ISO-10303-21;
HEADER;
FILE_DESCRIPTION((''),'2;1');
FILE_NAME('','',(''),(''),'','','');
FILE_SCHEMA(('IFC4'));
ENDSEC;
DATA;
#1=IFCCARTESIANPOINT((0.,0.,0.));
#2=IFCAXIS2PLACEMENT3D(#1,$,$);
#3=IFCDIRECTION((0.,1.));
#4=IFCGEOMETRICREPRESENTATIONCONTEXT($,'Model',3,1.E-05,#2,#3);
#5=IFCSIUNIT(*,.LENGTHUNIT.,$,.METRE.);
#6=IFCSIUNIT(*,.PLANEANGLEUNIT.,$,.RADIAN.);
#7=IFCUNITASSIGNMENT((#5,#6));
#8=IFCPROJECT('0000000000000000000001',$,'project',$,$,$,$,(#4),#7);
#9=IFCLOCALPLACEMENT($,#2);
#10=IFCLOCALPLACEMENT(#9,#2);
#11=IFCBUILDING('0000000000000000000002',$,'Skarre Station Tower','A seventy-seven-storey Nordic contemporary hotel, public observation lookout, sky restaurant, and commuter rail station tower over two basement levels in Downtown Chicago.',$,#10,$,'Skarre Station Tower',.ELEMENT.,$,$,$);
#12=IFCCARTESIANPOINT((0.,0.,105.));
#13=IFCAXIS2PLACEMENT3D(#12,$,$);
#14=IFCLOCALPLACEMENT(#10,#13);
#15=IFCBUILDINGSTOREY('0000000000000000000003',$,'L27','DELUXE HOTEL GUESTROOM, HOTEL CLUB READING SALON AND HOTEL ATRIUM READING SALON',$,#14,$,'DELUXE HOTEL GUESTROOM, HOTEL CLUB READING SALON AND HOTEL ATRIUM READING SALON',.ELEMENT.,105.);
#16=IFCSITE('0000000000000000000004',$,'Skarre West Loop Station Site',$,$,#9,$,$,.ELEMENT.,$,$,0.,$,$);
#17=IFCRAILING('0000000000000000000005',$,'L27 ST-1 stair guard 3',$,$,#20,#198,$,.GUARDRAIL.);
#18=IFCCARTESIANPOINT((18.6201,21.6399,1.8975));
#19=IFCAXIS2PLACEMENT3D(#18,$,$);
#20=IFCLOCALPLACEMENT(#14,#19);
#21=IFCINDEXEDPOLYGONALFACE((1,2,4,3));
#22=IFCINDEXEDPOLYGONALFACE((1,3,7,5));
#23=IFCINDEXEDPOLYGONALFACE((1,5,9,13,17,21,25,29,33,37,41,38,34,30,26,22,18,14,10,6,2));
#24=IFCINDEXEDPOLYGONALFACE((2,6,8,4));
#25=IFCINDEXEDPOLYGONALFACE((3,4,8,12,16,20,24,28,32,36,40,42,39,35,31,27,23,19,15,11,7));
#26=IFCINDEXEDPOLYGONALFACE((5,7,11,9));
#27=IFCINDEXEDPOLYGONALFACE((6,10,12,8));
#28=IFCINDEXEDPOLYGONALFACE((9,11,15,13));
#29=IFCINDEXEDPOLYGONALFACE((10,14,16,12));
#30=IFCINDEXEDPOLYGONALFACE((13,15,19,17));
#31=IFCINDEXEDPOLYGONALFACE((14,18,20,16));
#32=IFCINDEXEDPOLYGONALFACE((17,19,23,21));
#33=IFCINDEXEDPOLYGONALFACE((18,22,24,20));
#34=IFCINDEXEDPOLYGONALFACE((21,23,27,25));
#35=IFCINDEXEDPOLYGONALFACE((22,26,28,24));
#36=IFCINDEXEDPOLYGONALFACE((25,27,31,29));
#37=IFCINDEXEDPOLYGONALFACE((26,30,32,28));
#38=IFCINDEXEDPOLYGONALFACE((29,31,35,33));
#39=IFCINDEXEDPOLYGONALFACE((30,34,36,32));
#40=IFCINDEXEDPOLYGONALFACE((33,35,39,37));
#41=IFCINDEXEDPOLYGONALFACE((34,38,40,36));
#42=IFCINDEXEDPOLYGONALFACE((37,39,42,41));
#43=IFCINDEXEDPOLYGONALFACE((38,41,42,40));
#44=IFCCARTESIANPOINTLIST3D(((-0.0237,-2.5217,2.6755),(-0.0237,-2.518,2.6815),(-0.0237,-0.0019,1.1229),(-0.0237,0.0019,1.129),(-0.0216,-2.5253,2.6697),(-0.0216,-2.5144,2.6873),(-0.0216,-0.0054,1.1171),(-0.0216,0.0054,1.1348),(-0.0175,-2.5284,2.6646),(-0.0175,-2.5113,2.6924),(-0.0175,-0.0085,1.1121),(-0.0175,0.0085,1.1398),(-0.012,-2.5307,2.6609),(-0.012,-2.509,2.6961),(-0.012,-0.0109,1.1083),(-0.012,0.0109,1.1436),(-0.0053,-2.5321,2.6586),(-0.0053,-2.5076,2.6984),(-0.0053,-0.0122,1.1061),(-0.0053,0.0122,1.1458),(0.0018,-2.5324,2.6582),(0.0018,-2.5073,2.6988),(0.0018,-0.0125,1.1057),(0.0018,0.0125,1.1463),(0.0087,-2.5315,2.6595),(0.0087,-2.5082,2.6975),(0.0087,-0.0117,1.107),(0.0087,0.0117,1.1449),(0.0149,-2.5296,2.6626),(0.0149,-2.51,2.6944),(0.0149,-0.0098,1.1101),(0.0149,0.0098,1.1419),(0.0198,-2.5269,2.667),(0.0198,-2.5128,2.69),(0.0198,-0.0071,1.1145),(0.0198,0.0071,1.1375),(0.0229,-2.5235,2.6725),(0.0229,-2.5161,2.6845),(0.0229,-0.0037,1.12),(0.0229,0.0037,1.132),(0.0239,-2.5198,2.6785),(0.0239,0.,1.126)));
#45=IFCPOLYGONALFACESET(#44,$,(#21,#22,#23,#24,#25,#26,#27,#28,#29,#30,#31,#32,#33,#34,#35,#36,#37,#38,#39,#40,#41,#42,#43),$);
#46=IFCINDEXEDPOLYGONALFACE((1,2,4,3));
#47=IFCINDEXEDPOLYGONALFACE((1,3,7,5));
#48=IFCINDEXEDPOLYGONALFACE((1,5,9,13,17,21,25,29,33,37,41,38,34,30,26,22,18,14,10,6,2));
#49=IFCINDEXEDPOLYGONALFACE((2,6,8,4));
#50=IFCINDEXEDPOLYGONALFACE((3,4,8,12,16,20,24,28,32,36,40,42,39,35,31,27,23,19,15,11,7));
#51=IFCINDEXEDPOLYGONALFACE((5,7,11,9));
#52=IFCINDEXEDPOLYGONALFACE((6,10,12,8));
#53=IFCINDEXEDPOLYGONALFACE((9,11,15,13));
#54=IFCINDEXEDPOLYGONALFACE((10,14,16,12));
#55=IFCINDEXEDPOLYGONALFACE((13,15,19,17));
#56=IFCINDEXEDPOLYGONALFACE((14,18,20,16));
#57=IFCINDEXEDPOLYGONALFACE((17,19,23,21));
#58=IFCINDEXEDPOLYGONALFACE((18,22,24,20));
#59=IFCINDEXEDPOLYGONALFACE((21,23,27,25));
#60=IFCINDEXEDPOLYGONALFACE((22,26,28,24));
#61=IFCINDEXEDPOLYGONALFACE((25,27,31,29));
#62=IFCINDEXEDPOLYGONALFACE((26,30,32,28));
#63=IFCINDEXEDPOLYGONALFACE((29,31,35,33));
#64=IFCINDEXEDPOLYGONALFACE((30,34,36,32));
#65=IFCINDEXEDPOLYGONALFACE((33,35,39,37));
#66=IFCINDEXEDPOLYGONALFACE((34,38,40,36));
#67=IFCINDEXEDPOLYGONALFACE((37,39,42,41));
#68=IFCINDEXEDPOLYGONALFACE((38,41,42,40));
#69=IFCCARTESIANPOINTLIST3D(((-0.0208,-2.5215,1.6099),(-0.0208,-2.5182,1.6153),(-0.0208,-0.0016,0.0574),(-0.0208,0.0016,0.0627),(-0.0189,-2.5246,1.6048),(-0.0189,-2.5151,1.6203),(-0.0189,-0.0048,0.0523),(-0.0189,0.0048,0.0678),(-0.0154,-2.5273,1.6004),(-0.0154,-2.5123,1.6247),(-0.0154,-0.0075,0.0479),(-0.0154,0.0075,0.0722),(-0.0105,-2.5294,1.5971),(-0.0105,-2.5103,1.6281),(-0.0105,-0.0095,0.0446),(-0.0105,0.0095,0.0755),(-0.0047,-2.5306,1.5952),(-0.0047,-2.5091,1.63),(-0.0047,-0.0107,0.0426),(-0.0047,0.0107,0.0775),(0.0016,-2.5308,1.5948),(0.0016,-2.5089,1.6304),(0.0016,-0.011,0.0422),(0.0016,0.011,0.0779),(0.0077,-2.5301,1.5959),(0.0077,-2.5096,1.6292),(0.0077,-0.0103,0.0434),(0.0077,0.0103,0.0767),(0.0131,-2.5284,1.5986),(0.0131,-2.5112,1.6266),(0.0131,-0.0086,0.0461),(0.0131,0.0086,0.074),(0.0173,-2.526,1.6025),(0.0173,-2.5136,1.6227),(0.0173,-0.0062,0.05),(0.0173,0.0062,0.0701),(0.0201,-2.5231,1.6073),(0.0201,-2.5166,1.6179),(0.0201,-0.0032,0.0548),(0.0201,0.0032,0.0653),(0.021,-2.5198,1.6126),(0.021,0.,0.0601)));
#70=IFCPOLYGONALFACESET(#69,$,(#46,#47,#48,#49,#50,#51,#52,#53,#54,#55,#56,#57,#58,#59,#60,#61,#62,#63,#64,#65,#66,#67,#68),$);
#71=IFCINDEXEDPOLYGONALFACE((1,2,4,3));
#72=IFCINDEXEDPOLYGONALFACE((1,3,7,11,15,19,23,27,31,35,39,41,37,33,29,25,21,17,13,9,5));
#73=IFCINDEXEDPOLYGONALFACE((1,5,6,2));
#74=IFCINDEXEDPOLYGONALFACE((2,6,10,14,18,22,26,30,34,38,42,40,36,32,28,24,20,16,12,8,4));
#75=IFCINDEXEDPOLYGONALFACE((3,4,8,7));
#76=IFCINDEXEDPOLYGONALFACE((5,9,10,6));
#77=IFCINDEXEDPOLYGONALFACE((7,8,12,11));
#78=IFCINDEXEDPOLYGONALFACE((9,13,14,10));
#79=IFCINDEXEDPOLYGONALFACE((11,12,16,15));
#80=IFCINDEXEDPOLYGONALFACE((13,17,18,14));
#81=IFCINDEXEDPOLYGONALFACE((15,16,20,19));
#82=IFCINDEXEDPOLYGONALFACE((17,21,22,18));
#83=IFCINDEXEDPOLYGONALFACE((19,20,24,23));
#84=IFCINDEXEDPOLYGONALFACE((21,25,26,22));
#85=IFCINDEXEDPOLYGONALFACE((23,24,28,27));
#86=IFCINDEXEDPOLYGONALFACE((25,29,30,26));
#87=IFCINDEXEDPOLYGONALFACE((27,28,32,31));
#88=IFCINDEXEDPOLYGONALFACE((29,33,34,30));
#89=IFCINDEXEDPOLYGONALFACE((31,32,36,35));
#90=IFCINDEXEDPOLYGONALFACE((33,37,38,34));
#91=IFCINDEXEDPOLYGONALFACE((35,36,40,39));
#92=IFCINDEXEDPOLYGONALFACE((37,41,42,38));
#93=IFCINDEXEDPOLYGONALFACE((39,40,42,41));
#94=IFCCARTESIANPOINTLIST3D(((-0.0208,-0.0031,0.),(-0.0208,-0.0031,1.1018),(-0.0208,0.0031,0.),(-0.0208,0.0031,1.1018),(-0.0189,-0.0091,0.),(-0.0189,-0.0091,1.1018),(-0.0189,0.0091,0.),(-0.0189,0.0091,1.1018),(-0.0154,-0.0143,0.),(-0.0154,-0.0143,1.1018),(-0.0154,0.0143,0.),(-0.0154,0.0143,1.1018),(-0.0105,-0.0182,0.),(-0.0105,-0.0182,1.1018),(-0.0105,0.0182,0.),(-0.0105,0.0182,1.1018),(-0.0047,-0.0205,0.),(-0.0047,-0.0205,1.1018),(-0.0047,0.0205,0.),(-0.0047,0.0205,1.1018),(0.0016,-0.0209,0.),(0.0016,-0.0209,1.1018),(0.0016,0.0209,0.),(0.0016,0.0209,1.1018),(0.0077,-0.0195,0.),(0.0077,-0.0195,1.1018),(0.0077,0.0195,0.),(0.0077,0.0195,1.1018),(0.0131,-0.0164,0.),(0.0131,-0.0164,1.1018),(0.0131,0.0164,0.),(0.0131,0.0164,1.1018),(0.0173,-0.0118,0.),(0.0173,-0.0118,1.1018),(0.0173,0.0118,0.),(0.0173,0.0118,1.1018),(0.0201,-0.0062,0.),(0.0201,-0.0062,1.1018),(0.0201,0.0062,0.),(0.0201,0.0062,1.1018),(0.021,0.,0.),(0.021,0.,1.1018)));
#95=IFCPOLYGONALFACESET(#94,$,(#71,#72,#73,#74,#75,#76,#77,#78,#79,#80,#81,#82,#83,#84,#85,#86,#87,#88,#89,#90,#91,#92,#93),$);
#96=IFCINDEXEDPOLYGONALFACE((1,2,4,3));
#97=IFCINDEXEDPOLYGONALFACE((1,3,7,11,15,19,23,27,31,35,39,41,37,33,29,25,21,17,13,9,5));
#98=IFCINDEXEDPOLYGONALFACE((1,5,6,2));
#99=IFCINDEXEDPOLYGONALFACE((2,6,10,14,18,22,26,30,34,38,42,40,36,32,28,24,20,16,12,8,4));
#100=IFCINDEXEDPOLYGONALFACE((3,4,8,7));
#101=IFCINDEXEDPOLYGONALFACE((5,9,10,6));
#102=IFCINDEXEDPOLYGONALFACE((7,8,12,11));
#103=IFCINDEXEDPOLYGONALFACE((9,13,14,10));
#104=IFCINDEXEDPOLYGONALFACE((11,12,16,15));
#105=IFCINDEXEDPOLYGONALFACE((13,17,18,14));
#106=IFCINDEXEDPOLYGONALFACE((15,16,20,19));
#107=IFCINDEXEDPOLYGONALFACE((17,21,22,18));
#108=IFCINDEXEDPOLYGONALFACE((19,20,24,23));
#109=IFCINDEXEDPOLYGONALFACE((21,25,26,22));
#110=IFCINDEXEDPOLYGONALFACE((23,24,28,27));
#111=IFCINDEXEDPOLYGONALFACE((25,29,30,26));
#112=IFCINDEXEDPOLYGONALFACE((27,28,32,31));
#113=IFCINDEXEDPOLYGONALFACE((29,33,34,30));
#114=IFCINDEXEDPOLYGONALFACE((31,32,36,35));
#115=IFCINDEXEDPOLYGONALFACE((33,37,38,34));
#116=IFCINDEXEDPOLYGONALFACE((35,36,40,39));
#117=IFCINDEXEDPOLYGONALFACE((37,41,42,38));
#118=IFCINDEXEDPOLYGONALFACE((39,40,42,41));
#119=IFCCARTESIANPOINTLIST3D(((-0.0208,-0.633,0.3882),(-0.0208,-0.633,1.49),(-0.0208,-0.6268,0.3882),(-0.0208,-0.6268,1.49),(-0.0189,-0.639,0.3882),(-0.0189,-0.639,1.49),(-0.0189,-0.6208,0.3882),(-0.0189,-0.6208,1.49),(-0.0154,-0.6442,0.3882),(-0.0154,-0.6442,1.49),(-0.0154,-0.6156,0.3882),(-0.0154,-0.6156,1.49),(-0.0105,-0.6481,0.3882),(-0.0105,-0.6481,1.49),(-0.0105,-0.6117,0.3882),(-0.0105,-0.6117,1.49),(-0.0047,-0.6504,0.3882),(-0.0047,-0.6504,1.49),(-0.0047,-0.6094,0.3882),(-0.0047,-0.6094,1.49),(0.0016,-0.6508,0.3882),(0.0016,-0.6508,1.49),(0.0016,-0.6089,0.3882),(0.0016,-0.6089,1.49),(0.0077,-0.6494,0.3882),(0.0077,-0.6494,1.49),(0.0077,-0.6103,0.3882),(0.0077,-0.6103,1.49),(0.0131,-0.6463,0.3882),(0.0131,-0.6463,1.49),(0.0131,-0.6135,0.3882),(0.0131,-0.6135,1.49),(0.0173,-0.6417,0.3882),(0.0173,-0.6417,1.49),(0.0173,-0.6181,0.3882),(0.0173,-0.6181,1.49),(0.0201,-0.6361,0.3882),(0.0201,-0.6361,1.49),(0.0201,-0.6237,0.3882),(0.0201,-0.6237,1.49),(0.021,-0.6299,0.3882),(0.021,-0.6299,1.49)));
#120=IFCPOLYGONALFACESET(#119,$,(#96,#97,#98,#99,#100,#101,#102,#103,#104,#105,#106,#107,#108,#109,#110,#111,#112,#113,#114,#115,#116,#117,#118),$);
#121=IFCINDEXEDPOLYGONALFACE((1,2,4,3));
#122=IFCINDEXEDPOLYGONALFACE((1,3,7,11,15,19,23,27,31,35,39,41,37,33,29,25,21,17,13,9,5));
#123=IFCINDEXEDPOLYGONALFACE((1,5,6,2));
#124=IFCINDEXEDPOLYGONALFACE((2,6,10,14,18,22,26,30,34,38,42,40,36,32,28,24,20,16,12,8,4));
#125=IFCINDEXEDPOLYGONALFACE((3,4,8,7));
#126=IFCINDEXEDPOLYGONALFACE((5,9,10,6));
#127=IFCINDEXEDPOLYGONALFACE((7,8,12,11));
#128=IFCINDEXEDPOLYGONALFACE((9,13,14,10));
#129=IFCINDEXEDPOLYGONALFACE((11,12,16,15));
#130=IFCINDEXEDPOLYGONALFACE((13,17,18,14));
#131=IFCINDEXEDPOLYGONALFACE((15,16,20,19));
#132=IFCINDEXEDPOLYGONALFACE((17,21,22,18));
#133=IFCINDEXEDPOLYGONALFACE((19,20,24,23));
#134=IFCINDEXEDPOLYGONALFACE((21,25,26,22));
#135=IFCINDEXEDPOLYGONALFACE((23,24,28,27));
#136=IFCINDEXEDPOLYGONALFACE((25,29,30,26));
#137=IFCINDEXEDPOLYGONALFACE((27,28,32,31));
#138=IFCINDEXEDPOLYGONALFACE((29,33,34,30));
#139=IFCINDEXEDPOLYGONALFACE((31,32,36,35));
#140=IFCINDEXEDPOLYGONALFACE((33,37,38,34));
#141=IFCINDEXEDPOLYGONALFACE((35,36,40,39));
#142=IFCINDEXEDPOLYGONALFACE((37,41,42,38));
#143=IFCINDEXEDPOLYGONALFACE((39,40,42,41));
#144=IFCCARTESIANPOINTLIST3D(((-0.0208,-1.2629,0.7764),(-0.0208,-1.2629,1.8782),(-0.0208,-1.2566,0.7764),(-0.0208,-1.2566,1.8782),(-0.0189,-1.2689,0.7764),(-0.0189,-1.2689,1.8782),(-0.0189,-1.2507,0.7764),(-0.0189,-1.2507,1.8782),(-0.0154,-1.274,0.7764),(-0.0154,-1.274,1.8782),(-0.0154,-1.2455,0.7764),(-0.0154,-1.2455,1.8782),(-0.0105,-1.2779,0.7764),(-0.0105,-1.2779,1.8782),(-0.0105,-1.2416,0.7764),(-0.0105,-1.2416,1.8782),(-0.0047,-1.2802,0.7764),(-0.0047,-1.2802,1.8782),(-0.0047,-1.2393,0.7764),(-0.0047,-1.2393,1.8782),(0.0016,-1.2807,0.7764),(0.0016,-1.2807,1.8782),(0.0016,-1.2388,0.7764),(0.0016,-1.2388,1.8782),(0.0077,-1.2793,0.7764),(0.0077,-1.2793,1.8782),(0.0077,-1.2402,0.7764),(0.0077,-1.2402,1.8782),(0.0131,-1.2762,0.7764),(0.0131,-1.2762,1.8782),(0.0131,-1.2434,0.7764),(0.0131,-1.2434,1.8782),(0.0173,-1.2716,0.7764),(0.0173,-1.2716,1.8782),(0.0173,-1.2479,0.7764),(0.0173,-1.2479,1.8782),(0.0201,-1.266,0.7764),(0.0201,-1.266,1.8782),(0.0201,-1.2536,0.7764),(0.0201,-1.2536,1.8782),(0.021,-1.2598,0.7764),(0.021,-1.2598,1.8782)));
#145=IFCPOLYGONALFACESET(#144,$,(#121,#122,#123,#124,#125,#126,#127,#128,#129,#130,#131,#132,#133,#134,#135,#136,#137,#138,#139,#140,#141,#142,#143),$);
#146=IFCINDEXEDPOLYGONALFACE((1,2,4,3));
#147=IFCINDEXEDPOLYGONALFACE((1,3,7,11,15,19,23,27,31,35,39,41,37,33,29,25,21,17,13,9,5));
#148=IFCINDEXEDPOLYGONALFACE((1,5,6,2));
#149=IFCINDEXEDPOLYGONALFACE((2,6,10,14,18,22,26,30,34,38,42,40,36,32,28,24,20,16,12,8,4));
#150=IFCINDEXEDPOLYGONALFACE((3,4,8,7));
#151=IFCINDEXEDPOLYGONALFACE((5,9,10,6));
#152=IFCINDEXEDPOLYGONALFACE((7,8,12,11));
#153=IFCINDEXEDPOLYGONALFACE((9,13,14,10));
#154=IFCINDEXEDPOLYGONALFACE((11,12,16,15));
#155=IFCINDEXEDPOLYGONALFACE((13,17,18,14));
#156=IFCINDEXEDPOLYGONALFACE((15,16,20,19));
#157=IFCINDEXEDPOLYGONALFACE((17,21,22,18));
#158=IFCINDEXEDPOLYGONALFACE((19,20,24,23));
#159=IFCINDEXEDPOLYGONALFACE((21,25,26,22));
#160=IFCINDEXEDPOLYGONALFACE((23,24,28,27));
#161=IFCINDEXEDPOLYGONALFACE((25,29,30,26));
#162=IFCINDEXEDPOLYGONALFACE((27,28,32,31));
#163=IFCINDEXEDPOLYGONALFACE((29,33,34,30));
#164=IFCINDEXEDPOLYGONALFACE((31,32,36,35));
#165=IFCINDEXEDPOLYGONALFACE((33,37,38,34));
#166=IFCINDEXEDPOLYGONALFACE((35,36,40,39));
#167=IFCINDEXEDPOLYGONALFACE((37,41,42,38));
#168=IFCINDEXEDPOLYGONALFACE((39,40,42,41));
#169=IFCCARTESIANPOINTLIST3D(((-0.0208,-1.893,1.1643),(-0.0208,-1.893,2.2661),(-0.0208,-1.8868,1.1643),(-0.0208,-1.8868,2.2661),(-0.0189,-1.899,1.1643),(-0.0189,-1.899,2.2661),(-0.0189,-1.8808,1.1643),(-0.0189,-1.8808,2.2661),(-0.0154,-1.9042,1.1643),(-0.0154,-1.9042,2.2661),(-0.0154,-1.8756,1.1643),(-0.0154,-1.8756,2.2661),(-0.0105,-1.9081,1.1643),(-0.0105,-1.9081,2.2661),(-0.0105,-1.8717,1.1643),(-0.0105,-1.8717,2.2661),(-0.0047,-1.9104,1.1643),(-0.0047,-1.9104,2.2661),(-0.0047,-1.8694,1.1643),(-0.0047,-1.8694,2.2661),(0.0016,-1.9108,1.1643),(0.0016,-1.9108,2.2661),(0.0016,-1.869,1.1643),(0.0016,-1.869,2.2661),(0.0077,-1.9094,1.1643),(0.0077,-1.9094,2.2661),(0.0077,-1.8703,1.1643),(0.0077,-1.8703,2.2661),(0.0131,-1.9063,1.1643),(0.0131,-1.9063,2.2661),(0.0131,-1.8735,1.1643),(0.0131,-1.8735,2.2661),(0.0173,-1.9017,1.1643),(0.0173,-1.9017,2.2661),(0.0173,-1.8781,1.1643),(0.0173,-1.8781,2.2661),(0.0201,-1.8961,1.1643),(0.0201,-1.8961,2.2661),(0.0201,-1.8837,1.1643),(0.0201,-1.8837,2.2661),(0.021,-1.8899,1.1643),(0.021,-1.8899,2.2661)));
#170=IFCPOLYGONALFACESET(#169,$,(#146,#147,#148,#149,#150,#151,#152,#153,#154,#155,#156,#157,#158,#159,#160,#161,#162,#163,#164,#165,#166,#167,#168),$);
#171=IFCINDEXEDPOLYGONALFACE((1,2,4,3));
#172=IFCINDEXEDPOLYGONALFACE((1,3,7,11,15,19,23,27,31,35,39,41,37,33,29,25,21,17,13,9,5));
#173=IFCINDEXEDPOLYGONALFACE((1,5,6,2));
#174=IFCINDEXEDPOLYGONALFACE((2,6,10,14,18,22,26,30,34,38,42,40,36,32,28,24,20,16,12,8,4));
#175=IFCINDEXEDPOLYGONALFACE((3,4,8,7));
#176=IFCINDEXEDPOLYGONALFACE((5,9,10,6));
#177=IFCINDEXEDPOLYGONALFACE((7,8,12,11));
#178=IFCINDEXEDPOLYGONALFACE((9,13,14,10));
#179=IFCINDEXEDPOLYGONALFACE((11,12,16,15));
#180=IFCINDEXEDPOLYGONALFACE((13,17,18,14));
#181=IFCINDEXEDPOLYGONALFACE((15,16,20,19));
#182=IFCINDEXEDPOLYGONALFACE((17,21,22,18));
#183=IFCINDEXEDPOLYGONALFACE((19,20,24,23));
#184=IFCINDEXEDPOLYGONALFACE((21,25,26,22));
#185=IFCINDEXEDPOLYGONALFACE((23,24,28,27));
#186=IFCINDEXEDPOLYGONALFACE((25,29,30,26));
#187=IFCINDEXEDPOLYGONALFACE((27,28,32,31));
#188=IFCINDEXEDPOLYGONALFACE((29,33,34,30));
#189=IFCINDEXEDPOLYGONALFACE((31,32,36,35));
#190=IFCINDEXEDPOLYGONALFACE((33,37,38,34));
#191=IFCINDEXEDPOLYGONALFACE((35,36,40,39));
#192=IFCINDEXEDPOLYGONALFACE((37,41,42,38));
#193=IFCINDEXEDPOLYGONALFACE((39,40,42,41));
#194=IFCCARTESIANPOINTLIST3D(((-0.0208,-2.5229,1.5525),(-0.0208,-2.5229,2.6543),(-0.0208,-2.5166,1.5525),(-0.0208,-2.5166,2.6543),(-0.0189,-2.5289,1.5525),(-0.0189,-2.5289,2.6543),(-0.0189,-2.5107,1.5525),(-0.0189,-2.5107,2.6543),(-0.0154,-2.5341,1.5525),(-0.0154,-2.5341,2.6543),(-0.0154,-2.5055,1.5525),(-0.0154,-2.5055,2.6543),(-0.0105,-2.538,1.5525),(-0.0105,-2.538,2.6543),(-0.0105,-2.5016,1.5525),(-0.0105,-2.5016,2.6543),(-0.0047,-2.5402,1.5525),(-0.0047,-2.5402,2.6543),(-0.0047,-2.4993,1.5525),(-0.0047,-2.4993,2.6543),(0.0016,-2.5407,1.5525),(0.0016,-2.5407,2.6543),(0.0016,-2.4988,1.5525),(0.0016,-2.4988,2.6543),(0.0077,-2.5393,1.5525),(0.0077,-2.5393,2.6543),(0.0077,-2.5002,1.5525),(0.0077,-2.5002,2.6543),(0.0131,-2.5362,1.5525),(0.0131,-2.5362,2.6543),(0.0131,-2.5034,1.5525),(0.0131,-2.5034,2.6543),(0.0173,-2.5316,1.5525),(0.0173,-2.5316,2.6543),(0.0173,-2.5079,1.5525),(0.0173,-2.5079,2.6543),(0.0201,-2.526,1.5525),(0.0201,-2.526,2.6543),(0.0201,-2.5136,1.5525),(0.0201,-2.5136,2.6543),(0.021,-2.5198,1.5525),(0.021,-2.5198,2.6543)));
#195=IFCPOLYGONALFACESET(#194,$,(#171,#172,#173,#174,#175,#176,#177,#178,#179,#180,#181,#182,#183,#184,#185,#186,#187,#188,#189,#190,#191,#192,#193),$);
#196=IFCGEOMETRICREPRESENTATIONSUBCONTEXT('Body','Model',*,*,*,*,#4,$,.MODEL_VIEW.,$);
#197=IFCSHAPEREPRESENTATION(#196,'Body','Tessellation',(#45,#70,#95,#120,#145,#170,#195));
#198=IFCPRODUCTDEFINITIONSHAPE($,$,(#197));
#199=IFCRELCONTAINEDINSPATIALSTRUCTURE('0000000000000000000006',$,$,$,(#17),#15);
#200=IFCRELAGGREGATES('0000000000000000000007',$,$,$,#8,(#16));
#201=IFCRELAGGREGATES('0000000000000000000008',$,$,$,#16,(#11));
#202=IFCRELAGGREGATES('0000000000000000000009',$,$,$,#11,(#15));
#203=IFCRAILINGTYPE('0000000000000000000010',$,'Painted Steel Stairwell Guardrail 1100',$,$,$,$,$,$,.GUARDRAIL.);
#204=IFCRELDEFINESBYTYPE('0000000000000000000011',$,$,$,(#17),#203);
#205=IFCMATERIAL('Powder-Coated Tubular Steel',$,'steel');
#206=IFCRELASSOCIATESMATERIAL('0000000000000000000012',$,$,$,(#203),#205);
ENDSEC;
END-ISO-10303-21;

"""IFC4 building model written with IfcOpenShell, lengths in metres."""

from ifc_helpers import new_model, si_unit, direction, frame, origin, origin_2d, place, context, subcontext, project, spatial, circle, extrude, material, type_object, element, save


model = new_model("IFC4")

# Units and contexts
model_context = context("Model", 3, precision=1e-05, world=origin(), true_north=direction((0.0, 1.0)))
body_context = subcontext(model_context, "Body", "Model", "MODEL_VIEW")
ifc_project = project(units=[si_unit("LENGTHUNIT", "METRE"), si_unit("PLANEANGLEUNIT", "RADIAN")], contexts=[model_context])

# Site, building, storey
site_placement = place(None, origin())
site = spatial("IfcSite", under=ifc_project, at=site_placement, Name="Skarre West Loop Station Site", CompositionType="ELEMENT", RefElevation=0.0)
building_placement = place(site_placement, origin())
building = spatial("IfcBuilding", under=site, at=building_placement, Name="Skarre Station Tower", Description="A seventy-seven-storey Nordic contemporary hotel, public observation lookout, sky restaurant, and commuter rail station tower over two basement levels in Downtown Chicago.", LongName="Skarre Station Tower", CompositionType="ELEMENT")
storey_placement = place(building_placement, frame((0.0, 0.0, 105.0)))
storey = spatial("IfcBuildingStorey", under=building, at=storey_placement, Name="L27", Description="DELUXE HOTEL GUESTROOM, HOTEL CLUB READING SALON AND HOTEL ATRIUM READING SALON", LongName="DELUXE HOTEL GUESTROOM, HOTEL CLUB READING SALON AND HOTEL ATRIUM READING SALON", CompositionType="ELEMENT", Elevation=105.0)

# Railing
ifc_material_1 = material(Name="Powder-Coated Tubular Steel", Category="steel")
railing_type_1 = type_object("IfcRailingType", Name="Painted Steel Stairwell Guardrail 1100", PredefinedType="GUARDRAIL", material=ifc_material_1)
railing_1_placement = place(storey_placement, frame((18.6201, 21.6399, 1.8975)))
element("IfcRailing", 1, at=railing_1_placement, inside=storey, type_object=railing_type_1, Name="L27 ST-1 stair guard 3", PredefinedType="GUARDRAIL", context=body_context, shape_type="SweptSolid", body=[
    extrude(circle(Radius=0.0239, at=origin_2d()), frame((0.0, 0.0, 1.126), z_axis=(0.0, -0.851378, 0.524553), x_axis=(1.0, 0.0, 0.0)), (0.0, 0.0, 1.0), 2.9597),
    extrude(circle(Radius=0.021, at=origin_2d()), frame((0.0, 0.0, 0.0601), z_axis=(0.0, -0.851378, 0.524553), x_axis=(1.0, 0.0, 0.0)), (0.0, 0.0, 1.0), 2.9597),
    extrude(circle(Radius=0.021, at=origin_2d()), origin(), (0.0, 0.0, 1.0), 1.1018),
    extrude(circle(Radius=0.021, at=origin_2d()), frame((0.0, -0.6299, 0.3882)), (0.0, 0.0, 1.0), 1.1018),
    extrude(circle(Radius=0.021, at=origin_2d()), frame((0.0, -1.2598, 0.7764)), (0.0, 0.0, 1.0), 1.1018),
    extrude(circle(Radius=0.021, at=origin_2d()), frame((0.0, -1.8899, 1.1643)), (0.0, 0.0, 1.0), 1.1018),
    extrude(circle(Radius=0.021, at=origin_2d()), frame((0.0, -2.5198, 1.5525)), (0.0, 0.0, 1.0), 1.1018),
])

save(model, "model.ifc")
